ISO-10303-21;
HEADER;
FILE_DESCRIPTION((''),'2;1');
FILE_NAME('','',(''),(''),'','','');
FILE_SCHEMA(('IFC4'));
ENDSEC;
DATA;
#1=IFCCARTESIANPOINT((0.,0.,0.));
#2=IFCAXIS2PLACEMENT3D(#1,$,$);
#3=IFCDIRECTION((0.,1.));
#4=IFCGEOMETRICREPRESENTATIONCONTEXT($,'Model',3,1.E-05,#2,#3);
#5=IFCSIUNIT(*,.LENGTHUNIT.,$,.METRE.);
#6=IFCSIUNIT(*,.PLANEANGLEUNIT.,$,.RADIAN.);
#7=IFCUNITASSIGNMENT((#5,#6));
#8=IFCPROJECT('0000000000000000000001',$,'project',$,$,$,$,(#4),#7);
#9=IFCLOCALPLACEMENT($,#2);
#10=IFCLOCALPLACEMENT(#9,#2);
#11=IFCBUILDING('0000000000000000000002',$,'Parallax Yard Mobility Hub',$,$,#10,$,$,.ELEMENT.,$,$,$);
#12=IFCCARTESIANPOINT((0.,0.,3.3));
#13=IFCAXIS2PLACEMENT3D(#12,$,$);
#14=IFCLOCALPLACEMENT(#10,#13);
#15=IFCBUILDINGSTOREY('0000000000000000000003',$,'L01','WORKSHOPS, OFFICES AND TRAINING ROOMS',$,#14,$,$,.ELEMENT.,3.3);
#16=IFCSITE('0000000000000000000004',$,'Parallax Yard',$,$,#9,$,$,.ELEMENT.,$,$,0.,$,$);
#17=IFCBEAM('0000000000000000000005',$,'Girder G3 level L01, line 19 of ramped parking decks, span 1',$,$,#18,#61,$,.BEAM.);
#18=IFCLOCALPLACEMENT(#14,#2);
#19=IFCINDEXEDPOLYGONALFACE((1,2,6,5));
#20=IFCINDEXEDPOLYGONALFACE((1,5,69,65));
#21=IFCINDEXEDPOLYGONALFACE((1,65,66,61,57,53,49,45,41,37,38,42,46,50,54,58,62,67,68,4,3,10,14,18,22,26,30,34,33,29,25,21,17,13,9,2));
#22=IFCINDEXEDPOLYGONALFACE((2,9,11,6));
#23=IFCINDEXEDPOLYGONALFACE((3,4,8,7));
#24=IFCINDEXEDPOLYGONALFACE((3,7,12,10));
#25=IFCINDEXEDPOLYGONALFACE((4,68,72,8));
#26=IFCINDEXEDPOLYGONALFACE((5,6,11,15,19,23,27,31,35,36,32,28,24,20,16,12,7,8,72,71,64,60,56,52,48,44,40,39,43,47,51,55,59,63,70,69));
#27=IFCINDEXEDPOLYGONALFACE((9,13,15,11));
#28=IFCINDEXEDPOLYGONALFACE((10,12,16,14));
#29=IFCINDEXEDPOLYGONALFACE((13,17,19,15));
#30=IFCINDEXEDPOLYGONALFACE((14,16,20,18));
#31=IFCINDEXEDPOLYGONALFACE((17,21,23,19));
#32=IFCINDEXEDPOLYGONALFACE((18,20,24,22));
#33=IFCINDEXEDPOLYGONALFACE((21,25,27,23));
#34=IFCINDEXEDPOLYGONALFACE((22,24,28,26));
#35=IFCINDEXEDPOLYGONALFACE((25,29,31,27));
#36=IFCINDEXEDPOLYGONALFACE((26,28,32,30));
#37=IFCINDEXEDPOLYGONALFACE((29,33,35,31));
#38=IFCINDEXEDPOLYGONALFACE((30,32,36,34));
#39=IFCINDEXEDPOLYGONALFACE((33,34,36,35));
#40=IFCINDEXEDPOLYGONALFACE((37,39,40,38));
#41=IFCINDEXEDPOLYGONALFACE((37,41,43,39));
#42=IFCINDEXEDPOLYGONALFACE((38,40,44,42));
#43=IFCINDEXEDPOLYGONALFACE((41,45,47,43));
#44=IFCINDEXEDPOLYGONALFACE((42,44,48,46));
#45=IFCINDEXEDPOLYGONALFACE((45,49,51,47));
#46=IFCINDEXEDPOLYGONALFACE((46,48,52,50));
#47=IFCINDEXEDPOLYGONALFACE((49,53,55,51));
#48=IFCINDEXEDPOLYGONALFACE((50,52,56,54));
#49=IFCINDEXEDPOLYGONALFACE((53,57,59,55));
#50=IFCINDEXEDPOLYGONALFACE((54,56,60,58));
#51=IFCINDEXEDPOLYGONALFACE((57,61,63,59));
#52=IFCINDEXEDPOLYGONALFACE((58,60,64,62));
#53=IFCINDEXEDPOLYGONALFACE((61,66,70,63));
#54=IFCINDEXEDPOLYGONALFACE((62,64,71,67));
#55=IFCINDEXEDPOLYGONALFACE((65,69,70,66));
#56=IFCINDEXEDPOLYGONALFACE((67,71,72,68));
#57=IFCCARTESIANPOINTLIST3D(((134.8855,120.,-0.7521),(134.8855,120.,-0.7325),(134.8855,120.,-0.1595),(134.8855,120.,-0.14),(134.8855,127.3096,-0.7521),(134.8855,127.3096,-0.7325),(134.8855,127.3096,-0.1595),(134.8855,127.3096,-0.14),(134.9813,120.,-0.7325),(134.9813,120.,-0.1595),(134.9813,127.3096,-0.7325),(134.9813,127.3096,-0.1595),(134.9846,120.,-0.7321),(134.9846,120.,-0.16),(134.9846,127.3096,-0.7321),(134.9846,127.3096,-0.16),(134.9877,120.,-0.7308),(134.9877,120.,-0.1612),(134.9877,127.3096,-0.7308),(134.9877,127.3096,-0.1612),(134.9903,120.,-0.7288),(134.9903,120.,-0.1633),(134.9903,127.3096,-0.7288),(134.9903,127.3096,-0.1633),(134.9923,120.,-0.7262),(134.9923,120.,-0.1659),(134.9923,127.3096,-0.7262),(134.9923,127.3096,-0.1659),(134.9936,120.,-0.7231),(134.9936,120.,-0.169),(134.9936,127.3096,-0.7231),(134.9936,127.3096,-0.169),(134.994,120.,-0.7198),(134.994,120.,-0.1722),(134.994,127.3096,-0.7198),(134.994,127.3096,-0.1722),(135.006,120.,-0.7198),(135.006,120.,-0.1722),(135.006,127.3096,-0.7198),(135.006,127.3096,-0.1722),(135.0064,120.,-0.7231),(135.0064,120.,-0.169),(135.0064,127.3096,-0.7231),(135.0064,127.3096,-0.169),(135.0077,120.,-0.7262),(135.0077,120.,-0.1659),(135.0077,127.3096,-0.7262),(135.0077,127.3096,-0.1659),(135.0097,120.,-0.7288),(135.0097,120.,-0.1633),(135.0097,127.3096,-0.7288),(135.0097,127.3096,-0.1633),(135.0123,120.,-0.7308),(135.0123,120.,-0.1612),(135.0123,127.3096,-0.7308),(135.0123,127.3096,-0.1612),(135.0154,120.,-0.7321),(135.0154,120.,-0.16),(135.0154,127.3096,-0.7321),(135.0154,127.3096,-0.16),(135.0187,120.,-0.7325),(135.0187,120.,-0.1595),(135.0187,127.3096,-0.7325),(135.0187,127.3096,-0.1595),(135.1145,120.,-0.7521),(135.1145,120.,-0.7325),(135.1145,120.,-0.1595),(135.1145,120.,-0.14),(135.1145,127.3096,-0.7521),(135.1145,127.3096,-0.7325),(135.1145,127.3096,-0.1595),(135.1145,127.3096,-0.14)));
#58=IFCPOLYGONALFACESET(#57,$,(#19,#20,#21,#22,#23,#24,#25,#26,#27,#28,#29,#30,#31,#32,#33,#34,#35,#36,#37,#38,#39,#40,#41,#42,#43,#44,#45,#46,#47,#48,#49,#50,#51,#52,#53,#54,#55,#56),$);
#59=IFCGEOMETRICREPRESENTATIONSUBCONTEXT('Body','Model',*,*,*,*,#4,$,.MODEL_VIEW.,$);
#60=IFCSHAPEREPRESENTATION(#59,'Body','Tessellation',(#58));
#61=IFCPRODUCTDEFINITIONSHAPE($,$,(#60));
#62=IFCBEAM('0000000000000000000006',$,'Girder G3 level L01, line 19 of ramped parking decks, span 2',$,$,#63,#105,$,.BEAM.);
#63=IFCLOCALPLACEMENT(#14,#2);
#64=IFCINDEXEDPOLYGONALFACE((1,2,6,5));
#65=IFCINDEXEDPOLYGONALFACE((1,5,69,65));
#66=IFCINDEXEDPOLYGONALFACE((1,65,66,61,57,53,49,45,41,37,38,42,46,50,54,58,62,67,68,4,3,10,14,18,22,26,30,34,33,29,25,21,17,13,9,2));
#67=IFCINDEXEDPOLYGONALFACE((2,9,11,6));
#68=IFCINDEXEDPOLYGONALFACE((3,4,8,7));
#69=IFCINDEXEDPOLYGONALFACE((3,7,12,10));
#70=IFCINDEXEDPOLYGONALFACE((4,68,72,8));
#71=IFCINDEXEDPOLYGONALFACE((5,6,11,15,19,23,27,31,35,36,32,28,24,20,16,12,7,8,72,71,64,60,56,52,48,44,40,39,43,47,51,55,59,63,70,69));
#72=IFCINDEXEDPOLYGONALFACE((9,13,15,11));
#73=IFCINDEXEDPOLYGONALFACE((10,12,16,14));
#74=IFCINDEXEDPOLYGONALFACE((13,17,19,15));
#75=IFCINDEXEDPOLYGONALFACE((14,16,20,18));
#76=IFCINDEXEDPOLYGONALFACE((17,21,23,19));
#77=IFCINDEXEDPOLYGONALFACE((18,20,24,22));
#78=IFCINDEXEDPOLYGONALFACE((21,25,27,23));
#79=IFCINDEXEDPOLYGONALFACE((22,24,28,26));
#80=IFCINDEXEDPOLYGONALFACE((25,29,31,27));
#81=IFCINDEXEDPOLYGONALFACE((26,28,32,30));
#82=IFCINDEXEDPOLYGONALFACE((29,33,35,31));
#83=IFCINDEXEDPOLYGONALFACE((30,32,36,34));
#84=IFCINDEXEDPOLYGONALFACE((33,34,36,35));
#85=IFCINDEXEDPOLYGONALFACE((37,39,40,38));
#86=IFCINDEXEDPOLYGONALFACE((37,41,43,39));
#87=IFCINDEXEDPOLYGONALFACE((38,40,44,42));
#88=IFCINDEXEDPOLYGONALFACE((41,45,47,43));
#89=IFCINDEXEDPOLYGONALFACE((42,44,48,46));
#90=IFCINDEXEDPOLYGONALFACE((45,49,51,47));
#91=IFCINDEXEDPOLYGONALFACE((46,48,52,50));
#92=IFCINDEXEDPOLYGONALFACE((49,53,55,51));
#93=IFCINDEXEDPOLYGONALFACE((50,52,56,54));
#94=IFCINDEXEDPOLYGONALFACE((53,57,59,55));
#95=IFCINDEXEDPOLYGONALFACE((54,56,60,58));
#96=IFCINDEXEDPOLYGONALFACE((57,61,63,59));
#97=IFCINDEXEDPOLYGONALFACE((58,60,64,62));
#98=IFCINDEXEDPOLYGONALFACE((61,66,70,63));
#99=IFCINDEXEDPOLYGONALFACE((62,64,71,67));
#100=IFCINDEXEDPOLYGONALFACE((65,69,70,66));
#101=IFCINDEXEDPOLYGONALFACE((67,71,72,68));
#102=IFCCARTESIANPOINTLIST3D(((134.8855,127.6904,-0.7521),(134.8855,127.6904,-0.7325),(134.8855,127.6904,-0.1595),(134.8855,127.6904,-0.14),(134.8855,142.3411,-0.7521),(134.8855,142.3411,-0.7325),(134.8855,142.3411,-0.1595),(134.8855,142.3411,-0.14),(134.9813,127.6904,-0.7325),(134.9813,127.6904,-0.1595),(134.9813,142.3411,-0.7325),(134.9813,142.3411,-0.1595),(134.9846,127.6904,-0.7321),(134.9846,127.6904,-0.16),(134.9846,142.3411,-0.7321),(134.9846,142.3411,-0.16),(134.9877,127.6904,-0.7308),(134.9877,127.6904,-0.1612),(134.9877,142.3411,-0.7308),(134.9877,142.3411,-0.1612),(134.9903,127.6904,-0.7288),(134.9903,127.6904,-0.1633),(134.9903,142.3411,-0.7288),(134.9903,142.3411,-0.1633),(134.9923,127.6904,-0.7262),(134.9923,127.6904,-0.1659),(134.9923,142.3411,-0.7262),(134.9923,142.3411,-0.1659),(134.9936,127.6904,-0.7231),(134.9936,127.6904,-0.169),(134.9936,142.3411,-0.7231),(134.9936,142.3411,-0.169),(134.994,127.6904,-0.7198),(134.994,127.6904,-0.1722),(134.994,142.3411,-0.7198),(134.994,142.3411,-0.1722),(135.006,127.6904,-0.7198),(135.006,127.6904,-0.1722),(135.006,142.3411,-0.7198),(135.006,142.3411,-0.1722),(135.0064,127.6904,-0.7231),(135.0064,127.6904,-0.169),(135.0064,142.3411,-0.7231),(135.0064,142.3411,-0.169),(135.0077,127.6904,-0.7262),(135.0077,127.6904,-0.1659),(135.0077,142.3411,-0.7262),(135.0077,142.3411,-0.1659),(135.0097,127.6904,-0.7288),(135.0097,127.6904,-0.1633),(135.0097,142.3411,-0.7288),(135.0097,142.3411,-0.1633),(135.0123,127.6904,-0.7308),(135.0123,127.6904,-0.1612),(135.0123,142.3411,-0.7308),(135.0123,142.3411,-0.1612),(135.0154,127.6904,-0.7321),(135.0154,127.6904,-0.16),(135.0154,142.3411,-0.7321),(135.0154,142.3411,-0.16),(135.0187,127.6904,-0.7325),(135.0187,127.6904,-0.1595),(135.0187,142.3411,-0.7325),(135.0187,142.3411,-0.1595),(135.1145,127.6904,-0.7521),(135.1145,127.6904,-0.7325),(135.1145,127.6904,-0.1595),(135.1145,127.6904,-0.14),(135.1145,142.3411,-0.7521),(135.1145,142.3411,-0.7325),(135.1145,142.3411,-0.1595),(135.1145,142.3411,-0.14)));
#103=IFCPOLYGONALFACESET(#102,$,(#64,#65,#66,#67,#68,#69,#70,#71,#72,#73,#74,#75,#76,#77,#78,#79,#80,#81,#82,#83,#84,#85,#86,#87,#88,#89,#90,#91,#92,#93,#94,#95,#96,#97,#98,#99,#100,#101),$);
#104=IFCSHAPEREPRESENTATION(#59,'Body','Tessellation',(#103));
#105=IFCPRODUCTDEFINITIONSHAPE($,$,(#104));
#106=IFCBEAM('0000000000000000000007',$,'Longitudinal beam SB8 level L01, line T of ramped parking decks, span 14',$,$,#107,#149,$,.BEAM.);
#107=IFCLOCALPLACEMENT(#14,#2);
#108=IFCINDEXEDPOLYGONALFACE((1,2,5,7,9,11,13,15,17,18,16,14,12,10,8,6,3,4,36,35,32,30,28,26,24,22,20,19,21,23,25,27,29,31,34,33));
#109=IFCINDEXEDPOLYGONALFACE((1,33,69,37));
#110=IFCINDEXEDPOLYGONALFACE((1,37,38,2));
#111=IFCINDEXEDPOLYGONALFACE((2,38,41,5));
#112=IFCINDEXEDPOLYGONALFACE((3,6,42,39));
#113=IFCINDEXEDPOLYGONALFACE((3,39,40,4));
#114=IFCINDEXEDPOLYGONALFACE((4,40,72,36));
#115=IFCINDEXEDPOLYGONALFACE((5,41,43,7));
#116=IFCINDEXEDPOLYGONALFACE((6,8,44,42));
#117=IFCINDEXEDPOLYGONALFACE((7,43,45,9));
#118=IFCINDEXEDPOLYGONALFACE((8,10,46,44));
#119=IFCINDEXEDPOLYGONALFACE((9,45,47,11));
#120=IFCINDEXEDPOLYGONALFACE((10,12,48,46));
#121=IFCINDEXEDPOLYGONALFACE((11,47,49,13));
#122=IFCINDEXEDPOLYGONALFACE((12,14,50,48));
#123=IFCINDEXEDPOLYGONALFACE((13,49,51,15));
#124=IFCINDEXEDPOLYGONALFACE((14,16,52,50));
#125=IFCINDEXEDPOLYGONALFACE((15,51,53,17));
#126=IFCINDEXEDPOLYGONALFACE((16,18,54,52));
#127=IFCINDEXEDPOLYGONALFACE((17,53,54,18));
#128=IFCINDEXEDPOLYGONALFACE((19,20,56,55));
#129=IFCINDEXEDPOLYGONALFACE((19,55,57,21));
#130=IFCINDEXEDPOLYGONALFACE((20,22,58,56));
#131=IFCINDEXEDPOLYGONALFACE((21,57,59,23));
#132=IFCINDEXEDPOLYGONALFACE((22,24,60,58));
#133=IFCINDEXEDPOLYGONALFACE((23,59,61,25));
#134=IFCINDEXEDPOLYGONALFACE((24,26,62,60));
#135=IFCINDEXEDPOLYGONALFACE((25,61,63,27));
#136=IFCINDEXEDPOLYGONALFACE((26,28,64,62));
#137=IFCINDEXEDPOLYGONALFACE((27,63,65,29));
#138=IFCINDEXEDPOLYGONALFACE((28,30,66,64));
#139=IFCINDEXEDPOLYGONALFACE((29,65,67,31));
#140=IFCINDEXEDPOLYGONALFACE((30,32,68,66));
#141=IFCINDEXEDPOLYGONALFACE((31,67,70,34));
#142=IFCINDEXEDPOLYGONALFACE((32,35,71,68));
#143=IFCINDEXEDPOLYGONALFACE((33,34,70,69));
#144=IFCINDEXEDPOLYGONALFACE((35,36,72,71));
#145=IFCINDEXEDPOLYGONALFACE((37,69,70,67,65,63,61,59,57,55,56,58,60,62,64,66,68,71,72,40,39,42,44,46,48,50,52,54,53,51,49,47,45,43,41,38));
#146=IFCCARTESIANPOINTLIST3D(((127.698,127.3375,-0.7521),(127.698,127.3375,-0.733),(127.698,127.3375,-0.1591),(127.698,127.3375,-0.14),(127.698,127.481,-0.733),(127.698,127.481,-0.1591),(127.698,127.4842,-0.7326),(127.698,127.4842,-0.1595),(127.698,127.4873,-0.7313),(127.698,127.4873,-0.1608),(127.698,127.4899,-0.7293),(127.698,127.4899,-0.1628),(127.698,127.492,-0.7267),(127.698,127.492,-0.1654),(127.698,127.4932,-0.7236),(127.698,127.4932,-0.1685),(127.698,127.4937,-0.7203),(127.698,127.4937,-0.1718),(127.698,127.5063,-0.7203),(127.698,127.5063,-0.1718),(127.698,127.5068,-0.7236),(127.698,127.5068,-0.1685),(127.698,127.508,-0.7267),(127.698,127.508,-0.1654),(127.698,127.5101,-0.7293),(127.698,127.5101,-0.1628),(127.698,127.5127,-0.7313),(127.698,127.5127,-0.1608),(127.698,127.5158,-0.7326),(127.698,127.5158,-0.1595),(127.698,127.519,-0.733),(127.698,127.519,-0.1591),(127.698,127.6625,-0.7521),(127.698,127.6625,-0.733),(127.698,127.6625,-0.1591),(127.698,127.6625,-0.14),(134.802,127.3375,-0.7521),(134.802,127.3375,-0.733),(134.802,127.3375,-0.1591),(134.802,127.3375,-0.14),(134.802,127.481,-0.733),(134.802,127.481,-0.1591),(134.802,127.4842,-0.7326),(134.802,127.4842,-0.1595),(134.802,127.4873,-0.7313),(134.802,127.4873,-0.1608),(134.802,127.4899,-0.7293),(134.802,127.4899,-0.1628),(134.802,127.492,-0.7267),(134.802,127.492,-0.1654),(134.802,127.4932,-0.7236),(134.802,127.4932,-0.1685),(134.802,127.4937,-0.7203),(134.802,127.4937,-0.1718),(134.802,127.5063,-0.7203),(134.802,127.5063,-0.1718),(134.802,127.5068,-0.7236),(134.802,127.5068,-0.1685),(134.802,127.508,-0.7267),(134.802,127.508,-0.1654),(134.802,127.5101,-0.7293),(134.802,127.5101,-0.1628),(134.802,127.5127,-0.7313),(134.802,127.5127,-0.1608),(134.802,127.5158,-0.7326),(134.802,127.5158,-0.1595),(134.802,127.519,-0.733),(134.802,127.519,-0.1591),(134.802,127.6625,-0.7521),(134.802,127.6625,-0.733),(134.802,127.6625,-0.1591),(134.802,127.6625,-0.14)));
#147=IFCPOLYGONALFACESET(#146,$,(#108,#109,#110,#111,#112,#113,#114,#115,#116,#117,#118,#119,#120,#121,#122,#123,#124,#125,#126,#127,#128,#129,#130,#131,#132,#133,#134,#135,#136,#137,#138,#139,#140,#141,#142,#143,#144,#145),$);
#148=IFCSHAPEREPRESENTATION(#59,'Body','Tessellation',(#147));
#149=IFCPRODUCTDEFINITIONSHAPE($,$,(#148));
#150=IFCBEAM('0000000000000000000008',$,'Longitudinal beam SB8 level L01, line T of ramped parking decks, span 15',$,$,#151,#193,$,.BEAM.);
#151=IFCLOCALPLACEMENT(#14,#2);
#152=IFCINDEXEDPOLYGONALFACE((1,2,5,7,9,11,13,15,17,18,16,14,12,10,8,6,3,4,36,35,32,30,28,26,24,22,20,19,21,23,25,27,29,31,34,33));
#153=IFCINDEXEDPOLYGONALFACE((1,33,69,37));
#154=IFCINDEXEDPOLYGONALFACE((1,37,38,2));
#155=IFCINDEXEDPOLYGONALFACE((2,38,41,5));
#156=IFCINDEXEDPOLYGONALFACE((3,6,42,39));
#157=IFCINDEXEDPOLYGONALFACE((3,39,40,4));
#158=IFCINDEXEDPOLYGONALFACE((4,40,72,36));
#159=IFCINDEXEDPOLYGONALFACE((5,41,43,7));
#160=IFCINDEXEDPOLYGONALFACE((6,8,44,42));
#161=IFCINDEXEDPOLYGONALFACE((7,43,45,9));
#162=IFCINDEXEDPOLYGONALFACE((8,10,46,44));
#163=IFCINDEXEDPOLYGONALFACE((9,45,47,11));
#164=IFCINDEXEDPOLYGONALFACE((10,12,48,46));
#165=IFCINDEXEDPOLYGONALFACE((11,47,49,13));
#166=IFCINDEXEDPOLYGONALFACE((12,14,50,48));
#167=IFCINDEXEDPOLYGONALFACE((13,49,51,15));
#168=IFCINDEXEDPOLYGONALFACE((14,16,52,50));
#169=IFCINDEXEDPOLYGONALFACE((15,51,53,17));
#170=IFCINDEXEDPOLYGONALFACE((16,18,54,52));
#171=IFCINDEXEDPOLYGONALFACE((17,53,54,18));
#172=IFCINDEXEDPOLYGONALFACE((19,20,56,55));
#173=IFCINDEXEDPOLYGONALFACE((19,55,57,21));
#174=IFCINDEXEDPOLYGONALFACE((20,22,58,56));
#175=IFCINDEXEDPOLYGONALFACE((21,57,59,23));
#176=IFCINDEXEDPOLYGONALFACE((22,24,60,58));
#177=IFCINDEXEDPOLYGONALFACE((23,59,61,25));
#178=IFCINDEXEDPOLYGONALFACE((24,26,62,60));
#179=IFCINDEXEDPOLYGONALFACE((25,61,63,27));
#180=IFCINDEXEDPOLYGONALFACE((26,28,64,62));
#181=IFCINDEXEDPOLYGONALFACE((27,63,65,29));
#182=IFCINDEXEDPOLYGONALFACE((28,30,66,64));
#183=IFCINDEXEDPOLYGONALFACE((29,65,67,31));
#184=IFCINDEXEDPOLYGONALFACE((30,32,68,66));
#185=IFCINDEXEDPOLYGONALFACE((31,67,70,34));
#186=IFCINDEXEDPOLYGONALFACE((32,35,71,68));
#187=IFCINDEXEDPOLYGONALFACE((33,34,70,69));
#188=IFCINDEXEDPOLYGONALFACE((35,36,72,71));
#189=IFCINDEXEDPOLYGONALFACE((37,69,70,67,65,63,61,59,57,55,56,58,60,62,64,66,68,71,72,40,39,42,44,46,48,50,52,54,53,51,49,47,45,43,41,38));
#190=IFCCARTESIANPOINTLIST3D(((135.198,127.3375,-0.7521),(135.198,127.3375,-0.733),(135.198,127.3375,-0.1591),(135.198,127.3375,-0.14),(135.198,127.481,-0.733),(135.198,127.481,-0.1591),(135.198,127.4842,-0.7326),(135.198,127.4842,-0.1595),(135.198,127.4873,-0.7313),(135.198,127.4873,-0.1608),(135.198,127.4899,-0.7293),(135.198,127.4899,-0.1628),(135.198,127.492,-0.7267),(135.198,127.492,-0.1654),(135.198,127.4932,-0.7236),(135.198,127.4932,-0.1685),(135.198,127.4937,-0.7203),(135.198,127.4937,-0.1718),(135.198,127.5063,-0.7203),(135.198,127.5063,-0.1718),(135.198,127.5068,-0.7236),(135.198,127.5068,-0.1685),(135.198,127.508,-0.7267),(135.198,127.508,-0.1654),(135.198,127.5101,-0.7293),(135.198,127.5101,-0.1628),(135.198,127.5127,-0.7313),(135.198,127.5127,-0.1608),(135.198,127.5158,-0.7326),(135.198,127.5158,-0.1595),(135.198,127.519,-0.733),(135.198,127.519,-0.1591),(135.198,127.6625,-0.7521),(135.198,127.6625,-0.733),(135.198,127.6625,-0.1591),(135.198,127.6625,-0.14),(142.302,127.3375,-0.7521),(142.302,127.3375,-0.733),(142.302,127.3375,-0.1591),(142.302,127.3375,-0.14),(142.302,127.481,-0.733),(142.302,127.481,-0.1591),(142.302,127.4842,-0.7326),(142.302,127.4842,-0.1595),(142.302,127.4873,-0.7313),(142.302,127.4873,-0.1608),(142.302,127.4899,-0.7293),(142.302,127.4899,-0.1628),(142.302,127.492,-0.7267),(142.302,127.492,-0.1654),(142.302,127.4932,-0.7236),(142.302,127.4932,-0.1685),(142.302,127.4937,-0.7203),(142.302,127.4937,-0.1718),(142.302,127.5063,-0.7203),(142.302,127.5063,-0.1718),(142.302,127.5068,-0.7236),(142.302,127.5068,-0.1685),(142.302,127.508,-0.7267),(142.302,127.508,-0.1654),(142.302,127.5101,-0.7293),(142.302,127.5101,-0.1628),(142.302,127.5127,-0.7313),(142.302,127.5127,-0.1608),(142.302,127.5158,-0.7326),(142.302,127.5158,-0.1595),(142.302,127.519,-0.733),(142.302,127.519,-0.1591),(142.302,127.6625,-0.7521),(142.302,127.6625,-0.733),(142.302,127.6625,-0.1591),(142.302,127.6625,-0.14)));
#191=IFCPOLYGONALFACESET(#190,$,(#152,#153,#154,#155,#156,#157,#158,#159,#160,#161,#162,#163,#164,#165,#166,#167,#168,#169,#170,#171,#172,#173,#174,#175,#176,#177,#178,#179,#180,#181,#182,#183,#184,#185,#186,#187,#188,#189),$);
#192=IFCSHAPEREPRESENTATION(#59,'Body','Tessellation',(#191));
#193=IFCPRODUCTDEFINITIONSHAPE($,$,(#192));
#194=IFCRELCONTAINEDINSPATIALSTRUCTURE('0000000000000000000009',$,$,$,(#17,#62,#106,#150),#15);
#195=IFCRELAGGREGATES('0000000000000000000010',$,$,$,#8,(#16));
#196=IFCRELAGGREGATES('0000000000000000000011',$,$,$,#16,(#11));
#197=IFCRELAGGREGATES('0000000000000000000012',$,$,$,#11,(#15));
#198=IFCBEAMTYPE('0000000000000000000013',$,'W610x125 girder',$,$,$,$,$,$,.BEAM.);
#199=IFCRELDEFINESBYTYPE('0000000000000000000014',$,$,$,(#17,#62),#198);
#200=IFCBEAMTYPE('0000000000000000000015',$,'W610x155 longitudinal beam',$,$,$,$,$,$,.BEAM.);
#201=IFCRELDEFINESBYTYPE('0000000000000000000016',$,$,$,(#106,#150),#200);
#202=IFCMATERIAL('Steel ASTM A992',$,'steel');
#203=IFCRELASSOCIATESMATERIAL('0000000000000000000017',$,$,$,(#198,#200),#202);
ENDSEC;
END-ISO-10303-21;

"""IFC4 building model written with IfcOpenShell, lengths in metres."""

from ifc_helpers import new_model, si_unit, direction, frame, origin, origin_2d, place, context, subcontext, project, spatial, i_section, extrude, material, material_profile, profile_set, type_object, element, save


model = new_model("IFC4")

# Units and contexts
model_context = context("Model", 3, precision=1e-05, world=origin(), true_north=direction((0.0, 1.0)))
body_context = subcontext(model_context, "Body", "Model", "MODEL_VIEW")
ifc_project = project(units=[si_unit("LENGTHUNIT", "METRE"), si_unit("PLANEANGLEUNIT", "RADIAN")], contexts=[model_context])

# Site, building, storey
site_placement = place(None, origin())
site = spatial("IfcSite", under=ifc_project, at=site_placement, Name="Parallax Yard", CompositionType="ELEMENT", RefElevation=0.0)
building_placement = place(site_placement, origin())
building = spatial("IfcBuilding", under=site, at=building_placement, Name="Parallax Yard Mobility Hub", CompositionType="ELEMENT")
storey_placement = place(building_placement, frame((0.0, 0.0, 3.3)))
storey = spatial("IfcBuildingStorey", under=building, at=storey_placement, Name="L01", Description="WORKSHOPS, OFFICES AND TRAINING ROOMS", CompositionType="ELEMENT", Elevation=3.3)

# Shared definitions
ifc_material_1 = material(Name="Steel ASTM A992", Category="steel")

# Beams
ifc_material_profile_1 = material_profile(ifc_material_1, i_section(OverallWidth=0.229, OverallDepth=0.6121, WebThickness=0.012, FlangeThickness=0.0195, FilletRadius=0.0127, at=origin_2d()), Name="W610x125")
ifc_profile_set_1 = profile_set([ifc_material_profile_1], Name="Steel ASTM A992")
beam_type_1 = type_object("IfcBeamType", Name="W610x125 girder", PredefinedType="BEAM", material=ifc_profile_set_1)
beam_1_placement = place(storey_placement, frame((135.0, 120.0, -0.446), z_axis=(0.0, 1.0, 0.0), x_axis=(-1.0, 0.0, 0.0)))
element("IfcBeam", 1, at=beam_1_placement, inside=storey, type_object=beam_type_1, Name="Girder G3 level L01, line 19 of ramped parking decks, span 1", PredefinedType="BEAM", context=body_context, shape_type="SweptSolid", body=[
    extrude(i_section(OverallWidth=0.229, OverallDepth=0.6121, WebThickness=0.012, FlangeThickness=0.0195, FilletRadius=0.0127, at=origin_2d()), origin(), (0.0, 0.0, 1.0), 7.3096),
])
beam_2_placement = place(storey_placement, frame((135.0, 127.6904, -0.446), z_axis=(0.0, 1.0, 0.0), x_axis=(-1.0, 0.0, 0.0)))
element("IfcBeam", 2, at=beam_2_placement, inside=storey, type_object=beam_type_1, Name="Girder G3 level L01, line 19 of ramped parking decks, span 2", PredefinedType="BEAM", context=body_context, shape_type="SweptSolid", body=[
    extrude(i_section(OverallWidth=0.229, OverallDepth=0.6121, WebThickness=0.012, FlangeThickness=0.0195, FilletRadius=0.0127, at=origin_2d()), origin(), (0.0, 0.0, 1.0), 14.6506),
])
ifc_material_profile_2 = material_profile(ifc_material_1, i_section(OverallWidth=0.325, OverallDepth=0.6121, WebThickness=0.0127, FlangeThickness=0.019, FilletRadius=0.0127, at=origin_2d()), Name="W610x155")
ifc_profile_set_2 = profile_set([ifc_material_profile_2], Name="Steel ASTM A992")
beam_type_2 = type_object("IfcBeamType", Name="W610x155 longitudinal beam", PredefinedType="BEAM", material=ifc_profile_set_2)
for number, where, z_axis, x_axis, name in (
    (3, (127.698, 127.5, -0.446), (1.0, 0.0, 0.0), (0.0, 1.0, 0.0), "Longitudinal beam SB8 level L01, line T of ramped parking decks, span 14"),
    (4, (135.198, 127.5, -0.446), (1.0, 0.0, 0.0), (0.0, 1.0, 0.0), "Longitudinal beam SB8 level L01, line T of ramped parking decks, span 15"),
):
    element("IfcBeam", number, at=place(storey_placement, frame(where, z_axis=z_axis, x_axis=x_axis)), inside=storey, type_object=beam_type_2, Name=name, PredefinedType="BEAM", context=body_context, shape_type="SweptSolid", body=[
        extrude(i_section(OverallWidth=0.325, OverallDepth=0.6121, WebThickness=0.0127, FlangeThickness=0.019, FilletRadius=0.0127, at=origin_2d()), origin(), (0.0, 0.0, 1.0), 7.104),
    ])

save(model, "model.ifc")
